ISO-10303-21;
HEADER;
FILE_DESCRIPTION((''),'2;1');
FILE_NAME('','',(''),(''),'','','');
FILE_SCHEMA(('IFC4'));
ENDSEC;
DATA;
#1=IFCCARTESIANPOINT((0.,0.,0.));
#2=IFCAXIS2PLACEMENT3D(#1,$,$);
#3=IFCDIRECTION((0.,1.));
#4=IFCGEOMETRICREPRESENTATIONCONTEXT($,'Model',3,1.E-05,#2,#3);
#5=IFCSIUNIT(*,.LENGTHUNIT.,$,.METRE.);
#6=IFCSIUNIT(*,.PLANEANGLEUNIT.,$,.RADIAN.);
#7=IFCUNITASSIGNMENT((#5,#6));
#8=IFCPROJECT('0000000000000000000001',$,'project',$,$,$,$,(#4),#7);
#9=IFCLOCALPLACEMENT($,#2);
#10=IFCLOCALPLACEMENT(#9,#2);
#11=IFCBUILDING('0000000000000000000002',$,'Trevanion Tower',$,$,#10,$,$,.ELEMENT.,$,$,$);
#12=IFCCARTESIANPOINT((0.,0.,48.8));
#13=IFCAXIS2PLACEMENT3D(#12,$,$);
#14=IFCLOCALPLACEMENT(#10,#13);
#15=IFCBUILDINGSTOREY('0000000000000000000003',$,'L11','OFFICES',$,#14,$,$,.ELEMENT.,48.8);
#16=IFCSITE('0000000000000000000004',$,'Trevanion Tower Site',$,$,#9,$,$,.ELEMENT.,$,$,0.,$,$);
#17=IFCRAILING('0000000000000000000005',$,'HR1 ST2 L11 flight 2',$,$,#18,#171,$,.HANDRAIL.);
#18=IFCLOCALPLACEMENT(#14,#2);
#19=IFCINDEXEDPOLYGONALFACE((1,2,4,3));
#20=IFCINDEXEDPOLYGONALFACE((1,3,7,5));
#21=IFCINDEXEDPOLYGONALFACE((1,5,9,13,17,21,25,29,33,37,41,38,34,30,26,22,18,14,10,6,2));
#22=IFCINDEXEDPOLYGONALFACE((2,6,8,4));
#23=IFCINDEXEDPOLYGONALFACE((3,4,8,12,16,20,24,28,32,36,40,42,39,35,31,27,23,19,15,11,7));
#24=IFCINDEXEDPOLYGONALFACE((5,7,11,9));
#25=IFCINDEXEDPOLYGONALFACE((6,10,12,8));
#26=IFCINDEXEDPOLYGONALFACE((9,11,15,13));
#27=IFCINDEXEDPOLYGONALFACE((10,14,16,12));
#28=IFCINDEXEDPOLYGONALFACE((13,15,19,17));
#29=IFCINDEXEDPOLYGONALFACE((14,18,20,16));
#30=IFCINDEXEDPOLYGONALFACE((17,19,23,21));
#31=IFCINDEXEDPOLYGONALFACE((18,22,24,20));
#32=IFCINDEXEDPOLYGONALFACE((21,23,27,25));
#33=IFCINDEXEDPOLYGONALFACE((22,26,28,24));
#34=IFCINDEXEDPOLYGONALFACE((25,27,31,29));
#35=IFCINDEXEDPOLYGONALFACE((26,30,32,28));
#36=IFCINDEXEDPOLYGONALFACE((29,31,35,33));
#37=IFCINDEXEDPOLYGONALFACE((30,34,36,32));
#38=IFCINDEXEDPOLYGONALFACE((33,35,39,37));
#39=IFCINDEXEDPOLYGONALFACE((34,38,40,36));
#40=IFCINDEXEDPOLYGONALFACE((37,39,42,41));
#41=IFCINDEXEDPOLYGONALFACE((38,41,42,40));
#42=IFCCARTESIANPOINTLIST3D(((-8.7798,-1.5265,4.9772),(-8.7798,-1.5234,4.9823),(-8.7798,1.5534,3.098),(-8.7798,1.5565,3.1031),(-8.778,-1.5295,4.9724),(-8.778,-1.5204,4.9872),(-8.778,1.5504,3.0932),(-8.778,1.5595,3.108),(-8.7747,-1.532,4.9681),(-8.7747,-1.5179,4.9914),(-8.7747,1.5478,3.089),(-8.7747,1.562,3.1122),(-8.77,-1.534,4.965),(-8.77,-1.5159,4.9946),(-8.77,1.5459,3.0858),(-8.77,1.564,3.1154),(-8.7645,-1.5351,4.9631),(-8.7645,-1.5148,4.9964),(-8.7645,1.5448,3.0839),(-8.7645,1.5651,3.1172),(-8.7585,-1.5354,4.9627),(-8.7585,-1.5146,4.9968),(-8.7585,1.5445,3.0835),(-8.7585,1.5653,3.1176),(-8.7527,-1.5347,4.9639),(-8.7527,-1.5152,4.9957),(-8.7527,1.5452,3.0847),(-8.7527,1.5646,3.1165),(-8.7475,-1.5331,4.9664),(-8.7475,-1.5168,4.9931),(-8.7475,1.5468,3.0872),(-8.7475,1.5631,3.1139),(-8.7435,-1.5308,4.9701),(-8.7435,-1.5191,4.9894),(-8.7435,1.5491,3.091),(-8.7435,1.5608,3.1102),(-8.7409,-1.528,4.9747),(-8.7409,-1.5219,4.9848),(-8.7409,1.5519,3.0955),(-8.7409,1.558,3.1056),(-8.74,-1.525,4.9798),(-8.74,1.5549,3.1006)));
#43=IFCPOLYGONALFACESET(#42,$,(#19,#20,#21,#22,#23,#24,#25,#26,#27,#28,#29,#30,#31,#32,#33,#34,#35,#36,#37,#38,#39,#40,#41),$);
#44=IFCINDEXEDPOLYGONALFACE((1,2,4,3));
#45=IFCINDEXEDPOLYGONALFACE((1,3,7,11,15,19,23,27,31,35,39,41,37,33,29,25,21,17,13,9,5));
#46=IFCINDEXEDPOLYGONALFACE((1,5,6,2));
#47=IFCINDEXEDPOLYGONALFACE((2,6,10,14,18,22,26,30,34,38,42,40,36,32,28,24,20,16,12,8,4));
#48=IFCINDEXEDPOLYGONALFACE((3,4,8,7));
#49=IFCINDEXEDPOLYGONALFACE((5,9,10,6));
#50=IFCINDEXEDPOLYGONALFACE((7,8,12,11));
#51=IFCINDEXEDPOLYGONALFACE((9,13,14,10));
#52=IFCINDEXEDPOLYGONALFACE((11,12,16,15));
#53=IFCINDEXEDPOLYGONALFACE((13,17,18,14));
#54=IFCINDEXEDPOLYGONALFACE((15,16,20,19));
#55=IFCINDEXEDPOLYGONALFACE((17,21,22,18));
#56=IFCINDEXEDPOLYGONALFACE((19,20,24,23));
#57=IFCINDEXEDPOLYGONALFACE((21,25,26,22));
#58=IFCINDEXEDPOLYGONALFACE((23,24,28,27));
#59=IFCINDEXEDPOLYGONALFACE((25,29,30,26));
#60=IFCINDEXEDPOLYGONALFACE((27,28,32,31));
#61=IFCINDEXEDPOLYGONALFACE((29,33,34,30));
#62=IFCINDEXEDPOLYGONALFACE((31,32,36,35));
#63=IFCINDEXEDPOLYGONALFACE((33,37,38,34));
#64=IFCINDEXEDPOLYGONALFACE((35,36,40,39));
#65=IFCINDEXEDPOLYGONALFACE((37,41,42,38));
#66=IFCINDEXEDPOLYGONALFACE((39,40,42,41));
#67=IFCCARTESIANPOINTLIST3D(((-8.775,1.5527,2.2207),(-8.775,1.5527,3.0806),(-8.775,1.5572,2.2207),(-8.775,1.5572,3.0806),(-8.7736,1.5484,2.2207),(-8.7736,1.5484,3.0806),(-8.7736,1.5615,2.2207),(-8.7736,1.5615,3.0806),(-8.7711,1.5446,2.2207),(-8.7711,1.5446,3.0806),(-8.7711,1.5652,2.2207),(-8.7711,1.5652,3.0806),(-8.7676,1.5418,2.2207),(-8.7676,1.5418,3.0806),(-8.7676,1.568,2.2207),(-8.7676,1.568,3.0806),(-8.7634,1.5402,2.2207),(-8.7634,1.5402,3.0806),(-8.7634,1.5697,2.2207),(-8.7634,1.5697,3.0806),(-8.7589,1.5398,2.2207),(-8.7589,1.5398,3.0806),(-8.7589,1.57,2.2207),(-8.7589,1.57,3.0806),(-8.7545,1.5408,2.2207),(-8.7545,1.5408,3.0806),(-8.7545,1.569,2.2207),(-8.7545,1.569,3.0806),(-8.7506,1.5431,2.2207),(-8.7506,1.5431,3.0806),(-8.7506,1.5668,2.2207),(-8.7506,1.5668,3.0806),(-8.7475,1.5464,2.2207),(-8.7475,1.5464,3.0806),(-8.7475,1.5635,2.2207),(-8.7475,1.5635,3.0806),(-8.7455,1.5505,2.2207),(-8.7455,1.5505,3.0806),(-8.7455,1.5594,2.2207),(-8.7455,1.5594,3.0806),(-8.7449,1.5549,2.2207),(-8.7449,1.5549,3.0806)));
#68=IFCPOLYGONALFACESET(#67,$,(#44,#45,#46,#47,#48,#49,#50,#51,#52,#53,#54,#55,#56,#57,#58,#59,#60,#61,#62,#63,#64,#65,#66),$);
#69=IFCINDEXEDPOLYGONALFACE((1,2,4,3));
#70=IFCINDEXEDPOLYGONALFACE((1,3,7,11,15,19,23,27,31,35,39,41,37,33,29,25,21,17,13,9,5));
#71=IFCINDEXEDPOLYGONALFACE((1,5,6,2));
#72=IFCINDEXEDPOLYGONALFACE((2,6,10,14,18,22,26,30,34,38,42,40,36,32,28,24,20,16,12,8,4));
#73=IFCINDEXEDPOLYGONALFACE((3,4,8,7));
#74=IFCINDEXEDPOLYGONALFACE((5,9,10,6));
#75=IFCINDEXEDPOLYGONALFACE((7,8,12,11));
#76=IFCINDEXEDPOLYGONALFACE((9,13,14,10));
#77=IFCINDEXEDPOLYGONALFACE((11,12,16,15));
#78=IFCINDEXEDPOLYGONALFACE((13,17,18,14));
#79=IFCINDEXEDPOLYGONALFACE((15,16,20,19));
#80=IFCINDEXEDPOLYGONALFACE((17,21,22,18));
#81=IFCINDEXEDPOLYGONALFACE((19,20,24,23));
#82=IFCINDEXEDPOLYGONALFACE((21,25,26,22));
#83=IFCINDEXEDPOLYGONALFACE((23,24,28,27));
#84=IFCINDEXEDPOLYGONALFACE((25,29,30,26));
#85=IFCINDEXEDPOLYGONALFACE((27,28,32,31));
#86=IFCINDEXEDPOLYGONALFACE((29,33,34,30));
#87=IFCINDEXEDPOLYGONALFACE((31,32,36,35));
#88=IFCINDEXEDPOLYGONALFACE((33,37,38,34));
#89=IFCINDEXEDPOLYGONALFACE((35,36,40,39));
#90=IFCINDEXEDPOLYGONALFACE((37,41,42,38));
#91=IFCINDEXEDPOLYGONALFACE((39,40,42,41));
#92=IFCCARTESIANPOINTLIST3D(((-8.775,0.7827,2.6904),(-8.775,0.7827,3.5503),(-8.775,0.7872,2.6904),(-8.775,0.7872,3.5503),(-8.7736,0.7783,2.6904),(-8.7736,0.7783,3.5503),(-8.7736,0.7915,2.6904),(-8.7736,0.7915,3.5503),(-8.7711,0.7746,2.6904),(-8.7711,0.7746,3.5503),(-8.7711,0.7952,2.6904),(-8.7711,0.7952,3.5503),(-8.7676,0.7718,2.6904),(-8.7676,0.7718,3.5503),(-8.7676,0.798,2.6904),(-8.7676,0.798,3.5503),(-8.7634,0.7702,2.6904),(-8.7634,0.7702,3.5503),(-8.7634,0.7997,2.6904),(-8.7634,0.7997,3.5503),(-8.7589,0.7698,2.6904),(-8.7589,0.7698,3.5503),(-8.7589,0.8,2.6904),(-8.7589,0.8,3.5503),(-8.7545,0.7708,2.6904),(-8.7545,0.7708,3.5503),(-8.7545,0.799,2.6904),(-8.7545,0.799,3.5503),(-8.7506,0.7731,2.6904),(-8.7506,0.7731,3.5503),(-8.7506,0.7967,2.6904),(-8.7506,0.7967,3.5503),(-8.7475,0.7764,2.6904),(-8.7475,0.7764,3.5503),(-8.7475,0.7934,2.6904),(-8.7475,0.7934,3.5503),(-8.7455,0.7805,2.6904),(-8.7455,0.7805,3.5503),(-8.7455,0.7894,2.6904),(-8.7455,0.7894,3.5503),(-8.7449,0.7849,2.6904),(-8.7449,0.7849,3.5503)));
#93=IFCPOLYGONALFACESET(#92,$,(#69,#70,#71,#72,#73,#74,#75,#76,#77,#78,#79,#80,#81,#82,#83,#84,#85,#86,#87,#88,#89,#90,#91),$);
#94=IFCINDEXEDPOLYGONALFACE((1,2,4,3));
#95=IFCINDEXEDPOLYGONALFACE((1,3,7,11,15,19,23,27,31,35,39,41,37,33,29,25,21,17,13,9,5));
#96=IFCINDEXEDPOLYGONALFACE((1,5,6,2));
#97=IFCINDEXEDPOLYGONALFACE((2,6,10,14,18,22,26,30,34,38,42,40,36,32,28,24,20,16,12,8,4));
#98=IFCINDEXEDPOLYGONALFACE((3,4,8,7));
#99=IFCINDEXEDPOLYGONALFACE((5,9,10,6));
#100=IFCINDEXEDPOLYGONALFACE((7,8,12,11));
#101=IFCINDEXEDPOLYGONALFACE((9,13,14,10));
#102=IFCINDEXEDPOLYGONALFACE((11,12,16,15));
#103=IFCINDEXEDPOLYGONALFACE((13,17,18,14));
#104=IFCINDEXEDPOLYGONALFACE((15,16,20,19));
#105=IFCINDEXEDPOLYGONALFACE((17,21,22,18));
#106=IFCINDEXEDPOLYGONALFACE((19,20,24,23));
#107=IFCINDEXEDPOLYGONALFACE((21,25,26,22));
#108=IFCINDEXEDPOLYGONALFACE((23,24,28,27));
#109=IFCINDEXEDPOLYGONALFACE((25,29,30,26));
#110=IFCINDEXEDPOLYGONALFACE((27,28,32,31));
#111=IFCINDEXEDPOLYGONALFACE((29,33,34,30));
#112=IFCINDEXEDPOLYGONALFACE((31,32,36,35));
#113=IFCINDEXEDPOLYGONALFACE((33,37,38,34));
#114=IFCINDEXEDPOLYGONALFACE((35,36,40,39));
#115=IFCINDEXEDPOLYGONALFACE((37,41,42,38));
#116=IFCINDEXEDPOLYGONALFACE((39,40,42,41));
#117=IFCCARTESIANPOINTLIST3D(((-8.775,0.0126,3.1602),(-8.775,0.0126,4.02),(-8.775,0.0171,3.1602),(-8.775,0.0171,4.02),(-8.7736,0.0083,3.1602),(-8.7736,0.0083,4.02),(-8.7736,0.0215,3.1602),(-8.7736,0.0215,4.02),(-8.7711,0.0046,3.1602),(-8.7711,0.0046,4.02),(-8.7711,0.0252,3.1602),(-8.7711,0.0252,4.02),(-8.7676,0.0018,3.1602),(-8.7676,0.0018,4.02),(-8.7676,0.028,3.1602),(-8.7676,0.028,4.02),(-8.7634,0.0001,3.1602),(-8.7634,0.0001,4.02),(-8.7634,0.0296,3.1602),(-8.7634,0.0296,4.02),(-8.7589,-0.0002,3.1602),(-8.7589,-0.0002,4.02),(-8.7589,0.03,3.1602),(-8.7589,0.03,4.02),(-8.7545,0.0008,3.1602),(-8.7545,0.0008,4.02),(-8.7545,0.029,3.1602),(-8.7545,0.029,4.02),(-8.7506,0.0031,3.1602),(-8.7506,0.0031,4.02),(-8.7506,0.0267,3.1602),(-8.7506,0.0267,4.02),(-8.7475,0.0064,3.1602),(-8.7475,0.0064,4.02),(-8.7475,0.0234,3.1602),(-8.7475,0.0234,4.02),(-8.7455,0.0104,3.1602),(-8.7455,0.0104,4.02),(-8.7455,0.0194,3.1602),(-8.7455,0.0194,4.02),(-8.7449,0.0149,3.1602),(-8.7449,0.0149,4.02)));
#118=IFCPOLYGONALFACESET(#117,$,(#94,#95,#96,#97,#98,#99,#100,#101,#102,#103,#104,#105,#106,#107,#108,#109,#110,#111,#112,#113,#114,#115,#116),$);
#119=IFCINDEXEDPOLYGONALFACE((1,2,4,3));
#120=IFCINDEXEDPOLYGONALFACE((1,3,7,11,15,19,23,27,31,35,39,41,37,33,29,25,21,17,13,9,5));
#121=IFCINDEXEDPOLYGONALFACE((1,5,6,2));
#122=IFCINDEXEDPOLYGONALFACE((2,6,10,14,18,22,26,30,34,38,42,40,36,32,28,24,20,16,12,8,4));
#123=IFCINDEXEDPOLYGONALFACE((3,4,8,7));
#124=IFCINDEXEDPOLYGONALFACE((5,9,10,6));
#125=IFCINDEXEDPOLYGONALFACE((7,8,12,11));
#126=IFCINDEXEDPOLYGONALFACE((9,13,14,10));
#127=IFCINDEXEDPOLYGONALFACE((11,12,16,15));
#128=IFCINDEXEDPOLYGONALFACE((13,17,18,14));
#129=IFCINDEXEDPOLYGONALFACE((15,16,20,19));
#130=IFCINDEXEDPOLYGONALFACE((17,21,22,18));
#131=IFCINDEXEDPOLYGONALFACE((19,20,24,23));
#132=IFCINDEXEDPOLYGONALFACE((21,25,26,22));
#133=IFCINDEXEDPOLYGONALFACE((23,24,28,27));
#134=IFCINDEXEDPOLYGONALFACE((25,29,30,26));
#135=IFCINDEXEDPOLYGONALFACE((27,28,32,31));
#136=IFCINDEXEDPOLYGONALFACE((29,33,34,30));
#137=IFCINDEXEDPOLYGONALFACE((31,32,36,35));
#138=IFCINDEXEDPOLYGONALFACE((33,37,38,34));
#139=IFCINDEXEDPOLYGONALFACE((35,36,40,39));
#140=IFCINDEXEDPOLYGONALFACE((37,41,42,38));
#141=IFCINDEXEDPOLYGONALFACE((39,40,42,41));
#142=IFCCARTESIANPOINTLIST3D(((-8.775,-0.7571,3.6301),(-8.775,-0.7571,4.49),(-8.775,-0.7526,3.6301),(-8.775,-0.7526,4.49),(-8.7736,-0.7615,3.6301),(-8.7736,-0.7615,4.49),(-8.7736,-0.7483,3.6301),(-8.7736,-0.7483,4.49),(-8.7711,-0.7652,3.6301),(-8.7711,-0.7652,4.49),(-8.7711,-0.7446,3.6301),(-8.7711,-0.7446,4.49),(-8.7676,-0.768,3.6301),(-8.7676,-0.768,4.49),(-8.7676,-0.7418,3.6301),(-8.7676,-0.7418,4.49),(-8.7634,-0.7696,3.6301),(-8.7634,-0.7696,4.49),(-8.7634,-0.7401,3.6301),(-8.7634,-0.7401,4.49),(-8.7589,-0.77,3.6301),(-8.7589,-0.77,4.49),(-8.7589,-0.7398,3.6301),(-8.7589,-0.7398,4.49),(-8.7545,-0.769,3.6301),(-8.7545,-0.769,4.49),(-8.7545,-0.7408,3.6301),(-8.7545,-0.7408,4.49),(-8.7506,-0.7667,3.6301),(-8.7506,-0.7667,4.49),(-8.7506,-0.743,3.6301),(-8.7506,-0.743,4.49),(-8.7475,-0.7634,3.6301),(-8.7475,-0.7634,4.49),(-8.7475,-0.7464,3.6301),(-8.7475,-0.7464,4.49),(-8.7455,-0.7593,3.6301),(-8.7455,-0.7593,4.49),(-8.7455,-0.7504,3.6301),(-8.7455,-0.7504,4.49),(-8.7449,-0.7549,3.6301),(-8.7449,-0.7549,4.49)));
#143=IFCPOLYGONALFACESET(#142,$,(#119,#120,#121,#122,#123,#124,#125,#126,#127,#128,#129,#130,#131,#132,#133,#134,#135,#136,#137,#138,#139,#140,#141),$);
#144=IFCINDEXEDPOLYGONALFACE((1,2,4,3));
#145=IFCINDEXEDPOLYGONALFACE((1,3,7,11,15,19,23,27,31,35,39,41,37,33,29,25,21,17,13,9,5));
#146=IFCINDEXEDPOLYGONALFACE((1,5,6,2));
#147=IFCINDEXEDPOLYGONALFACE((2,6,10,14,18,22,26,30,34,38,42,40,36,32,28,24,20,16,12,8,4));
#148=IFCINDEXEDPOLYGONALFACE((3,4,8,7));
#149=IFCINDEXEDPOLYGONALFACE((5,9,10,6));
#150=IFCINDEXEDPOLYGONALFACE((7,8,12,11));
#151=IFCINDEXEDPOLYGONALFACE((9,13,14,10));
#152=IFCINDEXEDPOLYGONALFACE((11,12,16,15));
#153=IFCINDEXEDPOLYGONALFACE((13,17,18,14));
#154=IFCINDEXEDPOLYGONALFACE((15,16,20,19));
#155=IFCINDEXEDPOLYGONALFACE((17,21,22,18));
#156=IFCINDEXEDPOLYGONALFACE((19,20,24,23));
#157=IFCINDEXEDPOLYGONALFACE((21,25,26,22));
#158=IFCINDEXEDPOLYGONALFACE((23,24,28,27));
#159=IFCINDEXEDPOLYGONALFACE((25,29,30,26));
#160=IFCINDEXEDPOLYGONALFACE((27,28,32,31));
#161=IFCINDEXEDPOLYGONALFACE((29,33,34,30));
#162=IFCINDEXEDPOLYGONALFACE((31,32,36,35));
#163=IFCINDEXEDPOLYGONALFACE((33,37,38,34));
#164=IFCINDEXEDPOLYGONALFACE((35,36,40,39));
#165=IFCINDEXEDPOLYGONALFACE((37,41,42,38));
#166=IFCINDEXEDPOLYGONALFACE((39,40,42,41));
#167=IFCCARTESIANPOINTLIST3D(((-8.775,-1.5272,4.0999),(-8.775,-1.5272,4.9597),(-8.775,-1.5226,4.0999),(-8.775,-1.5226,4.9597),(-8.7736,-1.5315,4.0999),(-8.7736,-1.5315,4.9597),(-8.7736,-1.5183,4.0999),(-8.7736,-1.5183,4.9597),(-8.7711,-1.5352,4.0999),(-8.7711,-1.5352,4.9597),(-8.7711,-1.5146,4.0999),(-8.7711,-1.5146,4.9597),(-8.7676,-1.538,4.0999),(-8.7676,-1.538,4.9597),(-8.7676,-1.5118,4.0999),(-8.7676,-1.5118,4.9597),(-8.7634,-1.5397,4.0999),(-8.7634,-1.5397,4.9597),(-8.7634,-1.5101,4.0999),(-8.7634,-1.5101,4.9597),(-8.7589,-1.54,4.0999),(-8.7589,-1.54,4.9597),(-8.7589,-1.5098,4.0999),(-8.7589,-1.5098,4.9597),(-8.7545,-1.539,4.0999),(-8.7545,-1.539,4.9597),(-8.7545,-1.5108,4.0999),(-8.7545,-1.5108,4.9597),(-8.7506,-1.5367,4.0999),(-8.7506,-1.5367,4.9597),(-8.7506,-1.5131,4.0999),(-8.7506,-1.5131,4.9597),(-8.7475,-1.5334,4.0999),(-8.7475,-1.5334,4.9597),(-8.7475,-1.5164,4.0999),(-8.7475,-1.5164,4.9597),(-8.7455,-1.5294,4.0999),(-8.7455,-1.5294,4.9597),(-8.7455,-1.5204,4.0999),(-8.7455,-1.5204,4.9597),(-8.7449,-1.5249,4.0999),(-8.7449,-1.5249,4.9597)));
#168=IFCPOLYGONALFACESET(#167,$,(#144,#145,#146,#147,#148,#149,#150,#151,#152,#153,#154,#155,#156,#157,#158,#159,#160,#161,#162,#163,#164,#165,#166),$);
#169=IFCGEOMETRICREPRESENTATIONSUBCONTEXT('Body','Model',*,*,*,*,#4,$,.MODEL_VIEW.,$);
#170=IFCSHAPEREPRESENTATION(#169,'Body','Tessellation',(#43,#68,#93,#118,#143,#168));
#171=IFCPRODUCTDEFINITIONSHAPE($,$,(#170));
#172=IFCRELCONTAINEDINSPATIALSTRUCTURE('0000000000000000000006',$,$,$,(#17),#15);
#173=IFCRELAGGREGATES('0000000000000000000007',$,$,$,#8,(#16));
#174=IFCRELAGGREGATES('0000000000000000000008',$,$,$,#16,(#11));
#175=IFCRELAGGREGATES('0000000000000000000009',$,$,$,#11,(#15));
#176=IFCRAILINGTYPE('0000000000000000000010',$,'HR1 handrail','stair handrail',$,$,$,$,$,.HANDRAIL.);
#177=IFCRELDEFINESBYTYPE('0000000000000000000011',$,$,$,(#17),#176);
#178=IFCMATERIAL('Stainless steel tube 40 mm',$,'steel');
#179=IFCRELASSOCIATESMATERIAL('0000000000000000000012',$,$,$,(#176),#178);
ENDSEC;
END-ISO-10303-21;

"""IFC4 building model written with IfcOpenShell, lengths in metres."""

from ifc_helpers import new_model, si_unit, direction, frame, origin, origin_2d, place, context, subcontext, project, spatial, circle, extrude, material, type_object, element, save


model = new_model("IFC4")

# Units and contexts
model_context = context("Model", 3, precision=1e-05, world=origin(), true_north=direction((0.0, 1.0)))
body_context = subcontext(model_context, "Body", "Model", "MODEL_VIEW")
ifc_project = project(units=[si_unit("LENGTHUNIT", "METRE"), si_unit("PLANEANGLEUNIT", "RADIAN")], contexts=[model_context])

# Site, building, storey
site_placement = place(None, origin())
site = spatial("IfcSite", under=ifc_project, at=site_placement, Name="Trevanion Tower Site", CompositionType="ELEMENT", RefElevation=0.0)
building_placement = place(site_placement, origin())
building = spatial("IfcBuilding", under=site, at=building_placement, Name="Trevanion Tower", CompositionType="ELEMENT")
storey_placement = place(building_placement, frame((0.0, 0.0, 48.8)))
storey = spatial("IfcBuildingStorey", under=building, at=storey_placement, Name="L11", Description="OFFICES", CompositionType="ELEMENT", Elevation=48.8)

# Railing
ifc_material_1 = material(Name="Stainless steel tube 40 mm", Category="steel")
railing_type = type_object("IfcRailingType", Name="HR1 handrail", Description="stair handrail", PredefinedType="HANDRAIL", material=ifc_material_1)
for number, where, name in (
    (1, (-8.76, 1.5549, 2.2207), "HR1 ST2 L11 flight 2"),
):
    element("IfcRailing", number, at=place(storey_placement, frame(where)), inside=storey, type_object=railing_type, Name=name, PredefinedType="HANDRAIL", context=body_context, shape_type="SweptSolid", body=[
        extrude(circle(Radius=0.02, at=origin_2d()), frame((0.0, 0.0, 0.8799), z_axis=(0.0, -0.853648, 0.52085), x_axis=(1.0, 0.0, 0.0)), (0.0, 0.0, 1.0), 3.6079),
        extrude(circle(Radius=0.0151, at=origin_2d()), origin(), (0.0, 0.0, 1.0), 0.8599),
        extrude(circle(Radius=0.0151, at=origin_2d()), frame((0.0, -0.77, 0.4697)), (0.0, 0.0, 1.0), 0.8599),
        extrude(circle(Radius=0.0151, at=origin_2d()), frame((0.0, -1.54, 0.9395)), (0.0, 0.0, 1.0), 0.8599),
        extrude(circle(Radius=0.0151, at=origin_2d()), frame((0.0, -2.3098, 1.4094)), (0.0, 0.0, 1.0), 0.8599),
        extrude(circle(Radius=0.0151, at=origin_2d()), frame((0.0, -3.0798, 1.8792)), (0.0, 0.0, 1.0), 0.8599),
    ])

save(model, "model.ifc")
